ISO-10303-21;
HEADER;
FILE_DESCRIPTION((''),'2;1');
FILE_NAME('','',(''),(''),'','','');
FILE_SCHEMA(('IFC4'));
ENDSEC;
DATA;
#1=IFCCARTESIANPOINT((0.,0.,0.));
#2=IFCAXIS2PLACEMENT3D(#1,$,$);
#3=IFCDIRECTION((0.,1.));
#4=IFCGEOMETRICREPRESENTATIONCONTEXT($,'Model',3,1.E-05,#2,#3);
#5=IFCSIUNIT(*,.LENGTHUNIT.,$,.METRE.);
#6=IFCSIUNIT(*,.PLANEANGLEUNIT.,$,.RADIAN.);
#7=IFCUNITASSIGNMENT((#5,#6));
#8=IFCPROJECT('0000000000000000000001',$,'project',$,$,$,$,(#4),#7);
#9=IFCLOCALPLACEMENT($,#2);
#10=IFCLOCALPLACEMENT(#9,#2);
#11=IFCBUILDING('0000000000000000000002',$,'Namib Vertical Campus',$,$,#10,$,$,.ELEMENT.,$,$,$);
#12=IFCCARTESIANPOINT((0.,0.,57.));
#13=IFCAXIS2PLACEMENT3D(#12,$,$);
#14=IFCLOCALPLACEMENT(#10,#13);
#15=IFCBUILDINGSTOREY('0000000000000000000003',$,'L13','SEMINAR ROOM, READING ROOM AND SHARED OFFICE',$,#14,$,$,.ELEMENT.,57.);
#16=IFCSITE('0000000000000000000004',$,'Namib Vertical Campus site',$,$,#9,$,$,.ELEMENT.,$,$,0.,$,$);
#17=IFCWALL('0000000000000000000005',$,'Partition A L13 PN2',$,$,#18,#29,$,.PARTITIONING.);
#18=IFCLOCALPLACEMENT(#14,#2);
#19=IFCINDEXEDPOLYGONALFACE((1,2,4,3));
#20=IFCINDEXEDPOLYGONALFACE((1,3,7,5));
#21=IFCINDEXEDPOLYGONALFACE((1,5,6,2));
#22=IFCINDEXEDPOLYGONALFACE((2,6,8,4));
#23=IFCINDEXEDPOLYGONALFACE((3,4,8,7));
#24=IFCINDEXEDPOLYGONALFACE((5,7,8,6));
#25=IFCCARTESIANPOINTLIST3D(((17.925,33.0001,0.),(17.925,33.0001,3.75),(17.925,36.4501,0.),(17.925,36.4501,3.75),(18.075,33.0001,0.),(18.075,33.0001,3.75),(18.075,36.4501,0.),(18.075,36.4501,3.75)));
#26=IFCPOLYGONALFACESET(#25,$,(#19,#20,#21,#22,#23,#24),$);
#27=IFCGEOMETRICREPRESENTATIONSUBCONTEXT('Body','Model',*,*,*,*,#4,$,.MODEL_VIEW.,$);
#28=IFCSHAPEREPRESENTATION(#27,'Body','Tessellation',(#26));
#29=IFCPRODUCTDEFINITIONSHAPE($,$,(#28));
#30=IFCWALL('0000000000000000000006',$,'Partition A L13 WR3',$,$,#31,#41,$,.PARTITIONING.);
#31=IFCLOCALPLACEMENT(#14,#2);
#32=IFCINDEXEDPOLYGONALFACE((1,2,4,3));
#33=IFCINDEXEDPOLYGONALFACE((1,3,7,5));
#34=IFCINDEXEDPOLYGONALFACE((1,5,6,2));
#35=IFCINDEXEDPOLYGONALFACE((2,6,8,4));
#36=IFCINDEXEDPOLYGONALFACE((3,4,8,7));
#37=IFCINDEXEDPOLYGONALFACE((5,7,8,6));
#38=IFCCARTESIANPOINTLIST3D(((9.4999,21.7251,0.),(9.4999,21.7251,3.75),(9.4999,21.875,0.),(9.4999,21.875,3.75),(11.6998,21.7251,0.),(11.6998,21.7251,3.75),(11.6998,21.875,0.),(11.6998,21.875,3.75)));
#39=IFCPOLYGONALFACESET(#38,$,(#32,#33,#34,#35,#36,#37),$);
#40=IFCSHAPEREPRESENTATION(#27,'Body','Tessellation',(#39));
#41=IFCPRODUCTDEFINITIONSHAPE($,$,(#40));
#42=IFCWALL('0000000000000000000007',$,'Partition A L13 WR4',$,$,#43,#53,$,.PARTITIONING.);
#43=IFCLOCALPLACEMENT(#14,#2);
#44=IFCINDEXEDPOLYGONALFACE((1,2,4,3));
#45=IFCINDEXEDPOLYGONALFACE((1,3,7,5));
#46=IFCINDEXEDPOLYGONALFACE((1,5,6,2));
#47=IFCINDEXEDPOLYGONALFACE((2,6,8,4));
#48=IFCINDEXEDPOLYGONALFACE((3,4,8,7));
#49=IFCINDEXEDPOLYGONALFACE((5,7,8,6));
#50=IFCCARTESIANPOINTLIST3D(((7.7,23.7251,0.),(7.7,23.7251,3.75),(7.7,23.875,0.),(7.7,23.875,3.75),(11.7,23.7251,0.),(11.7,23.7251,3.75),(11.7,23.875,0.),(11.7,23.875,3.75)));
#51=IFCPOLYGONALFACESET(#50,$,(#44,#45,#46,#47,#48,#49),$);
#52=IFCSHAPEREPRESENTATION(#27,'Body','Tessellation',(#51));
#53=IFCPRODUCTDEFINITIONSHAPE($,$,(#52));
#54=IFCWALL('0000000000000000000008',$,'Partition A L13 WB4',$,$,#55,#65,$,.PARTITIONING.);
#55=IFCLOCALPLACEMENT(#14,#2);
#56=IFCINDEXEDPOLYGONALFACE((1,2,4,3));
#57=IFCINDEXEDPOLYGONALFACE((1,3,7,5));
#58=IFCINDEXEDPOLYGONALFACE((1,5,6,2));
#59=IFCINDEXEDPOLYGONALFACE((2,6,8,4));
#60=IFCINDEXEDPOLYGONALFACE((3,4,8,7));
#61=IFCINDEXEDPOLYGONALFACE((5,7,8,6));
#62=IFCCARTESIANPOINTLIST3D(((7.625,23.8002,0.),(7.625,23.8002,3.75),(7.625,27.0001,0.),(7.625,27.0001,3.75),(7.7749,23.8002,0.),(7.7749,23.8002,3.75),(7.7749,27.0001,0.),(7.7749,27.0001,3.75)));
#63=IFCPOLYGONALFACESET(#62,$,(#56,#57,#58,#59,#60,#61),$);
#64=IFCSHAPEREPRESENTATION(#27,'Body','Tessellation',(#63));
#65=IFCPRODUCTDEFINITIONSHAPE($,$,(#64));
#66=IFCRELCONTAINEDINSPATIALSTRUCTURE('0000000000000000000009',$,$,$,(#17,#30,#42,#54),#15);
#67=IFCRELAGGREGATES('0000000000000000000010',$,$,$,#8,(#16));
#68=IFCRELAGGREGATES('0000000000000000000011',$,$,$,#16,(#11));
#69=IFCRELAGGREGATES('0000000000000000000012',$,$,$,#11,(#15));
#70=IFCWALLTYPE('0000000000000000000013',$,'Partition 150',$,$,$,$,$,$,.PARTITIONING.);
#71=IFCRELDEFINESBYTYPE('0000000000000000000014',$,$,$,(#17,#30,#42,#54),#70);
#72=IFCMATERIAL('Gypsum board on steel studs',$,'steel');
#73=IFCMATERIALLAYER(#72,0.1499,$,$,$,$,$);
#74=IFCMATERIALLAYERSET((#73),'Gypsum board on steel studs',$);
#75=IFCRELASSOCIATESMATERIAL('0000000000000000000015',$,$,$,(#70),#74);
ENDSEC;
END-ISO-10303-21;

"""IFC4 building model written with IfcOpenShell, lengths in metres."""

from ifc_helpers import new_model, si_unit, direction, frame, frame_2d, origin, place, context, subcontext, project, spatial, rectangle, extrude, material, layer, layer_set, type_object, element, save


model = new_model("IFC4")

# Units and contexts
model_context = context("Model", 3, precision=1e-05, world=origin(), true_north=direction((0.0, 1.0)))
body_context = subcontext(model_context, "Body", "Model", "MODEL_VIEW")
ifc_project = project(units=[si_unit("LENGTHUNIT", "METRE"), si_unit("PLANEANGLEUNIT", "RADIAN")], contexts=[model_context])

# Site, building, storey
site_placement = place(None, origin())
site = spatial("IfcSite", under=ifc_project, at=site_placement, Name="Namib Vertical Campus site", CompositionType="ELEMENT", RefElevation=0.0)
building_placement = place(site_placement, origin())
building = spatial("IfcBuilding", under=site, at=building_placement, Name="Namib Vertical Campus", CompositionType="ELEMENT")
storey_placement = place(building_placement, frame((0.0, 0.0, 57.0)))
storey = spatial("IfcBuildingStorey", under=building, at=storey_placement, Name="L13", Description="SEMINAR ROOM, READING ROOM AND SHARED OFFICE", CompositionType="ELEMENT", Elevation=57.0)

# Walls
ifc_material_1 = material(Name="Gypsum board on steel studs", Category="steel")
ifc_layer_1 = layer(ifc_material_1, 0.1499)
ifc_layer_set_1 = layer_set([ifc_layer_1], Name="Gypsum board on steel studs")
wall_type_1 = type_object("IfcWallType", Name="Partition 150", PredefinedType="PARTITIONING", material=ifc_layer_set_1)
wall_1_placement = place(storey_placement, frame((18.0, 33.0, 0.0), z_axis=(0.0, 0.0, 1.0), x_axis=(0.0, 1.0, 0.0)))
element("IfcWall", 1, at=wall_1_placement, inside=storey, type_object=wall_type_1, Name="Partition A L13 PN2", PredefinedType="PARTITIONING", context=body_context, shape_type="SweptSolid", body=[
    extrude(rectangle(XDim=3.45, YDim=0.1499, at=frame_2d((1.7251, 0.0))), origin(), (0.0, 0.0, 1.0), 3.75),
])
wall_2_placement = place(storey_placement, frame((11.7, 21.8, 0.0), z_axis=(0.0, 0.0, 1.0), x_axis=(-1.0, 0.0, 0.0)))
element("IfcWall", 2, at=wall_2_placement, inside=storey, type_object=wall_type_1, Name="Partition A L13 WR3", PredefinedType="PARTITIONING", context=body_context, shape_type="SweptSolid", body=[
    extrude(rectangle(XDim=2.2, YDim=0.1499, at=frame_2d((1.1001, 0.0))), origin(), (0.0, 0.0, 1.0), 3.75),
])
wall_3_placement = place(storey_placement, frame((11.7, 23.8, 0.0), z_axis=(0.0, 0.0, 1.0), x_axis=(-1.0, 0.0, 0.0)))
element("IfcWall", 3, at=wall_3_placement, inside=storey, type_object=wall_type_1, Name="Partition A L13 WR4", PredefinedType="PARTITIONING", context=body_context, shape_type="SweptSolid", body=[
    extrude(rectangle(XDim=4.0, YDim=0.1499, at=frame_2d((2.0, 0.0))), origin(), (0.0, 0.0, 1.0), 3.75),
])
wall_4_placement = place(storey_placement, frame((7.7, 23.8, 0.0), z_axis=(0.0, 0.0, 1.0), x_axis=(0.0, 1.0, 0.0)))
element("IfcWall", 4, at=wall_4_placement, inside=storey, type_object=wall_type_1, Name="Partition A L13 WB4", PredefinedType="PARTITIONING", context=body_context, shape_type="SweptSolid", body=[
    extrude(rectangle(XDim=3.2, YDim=0.1499, at=frame_2d((1.6001, 0.0))), origin(), (0.0, 0.0, 1.0), 3.75),
])

save(model, "model.ifc")
